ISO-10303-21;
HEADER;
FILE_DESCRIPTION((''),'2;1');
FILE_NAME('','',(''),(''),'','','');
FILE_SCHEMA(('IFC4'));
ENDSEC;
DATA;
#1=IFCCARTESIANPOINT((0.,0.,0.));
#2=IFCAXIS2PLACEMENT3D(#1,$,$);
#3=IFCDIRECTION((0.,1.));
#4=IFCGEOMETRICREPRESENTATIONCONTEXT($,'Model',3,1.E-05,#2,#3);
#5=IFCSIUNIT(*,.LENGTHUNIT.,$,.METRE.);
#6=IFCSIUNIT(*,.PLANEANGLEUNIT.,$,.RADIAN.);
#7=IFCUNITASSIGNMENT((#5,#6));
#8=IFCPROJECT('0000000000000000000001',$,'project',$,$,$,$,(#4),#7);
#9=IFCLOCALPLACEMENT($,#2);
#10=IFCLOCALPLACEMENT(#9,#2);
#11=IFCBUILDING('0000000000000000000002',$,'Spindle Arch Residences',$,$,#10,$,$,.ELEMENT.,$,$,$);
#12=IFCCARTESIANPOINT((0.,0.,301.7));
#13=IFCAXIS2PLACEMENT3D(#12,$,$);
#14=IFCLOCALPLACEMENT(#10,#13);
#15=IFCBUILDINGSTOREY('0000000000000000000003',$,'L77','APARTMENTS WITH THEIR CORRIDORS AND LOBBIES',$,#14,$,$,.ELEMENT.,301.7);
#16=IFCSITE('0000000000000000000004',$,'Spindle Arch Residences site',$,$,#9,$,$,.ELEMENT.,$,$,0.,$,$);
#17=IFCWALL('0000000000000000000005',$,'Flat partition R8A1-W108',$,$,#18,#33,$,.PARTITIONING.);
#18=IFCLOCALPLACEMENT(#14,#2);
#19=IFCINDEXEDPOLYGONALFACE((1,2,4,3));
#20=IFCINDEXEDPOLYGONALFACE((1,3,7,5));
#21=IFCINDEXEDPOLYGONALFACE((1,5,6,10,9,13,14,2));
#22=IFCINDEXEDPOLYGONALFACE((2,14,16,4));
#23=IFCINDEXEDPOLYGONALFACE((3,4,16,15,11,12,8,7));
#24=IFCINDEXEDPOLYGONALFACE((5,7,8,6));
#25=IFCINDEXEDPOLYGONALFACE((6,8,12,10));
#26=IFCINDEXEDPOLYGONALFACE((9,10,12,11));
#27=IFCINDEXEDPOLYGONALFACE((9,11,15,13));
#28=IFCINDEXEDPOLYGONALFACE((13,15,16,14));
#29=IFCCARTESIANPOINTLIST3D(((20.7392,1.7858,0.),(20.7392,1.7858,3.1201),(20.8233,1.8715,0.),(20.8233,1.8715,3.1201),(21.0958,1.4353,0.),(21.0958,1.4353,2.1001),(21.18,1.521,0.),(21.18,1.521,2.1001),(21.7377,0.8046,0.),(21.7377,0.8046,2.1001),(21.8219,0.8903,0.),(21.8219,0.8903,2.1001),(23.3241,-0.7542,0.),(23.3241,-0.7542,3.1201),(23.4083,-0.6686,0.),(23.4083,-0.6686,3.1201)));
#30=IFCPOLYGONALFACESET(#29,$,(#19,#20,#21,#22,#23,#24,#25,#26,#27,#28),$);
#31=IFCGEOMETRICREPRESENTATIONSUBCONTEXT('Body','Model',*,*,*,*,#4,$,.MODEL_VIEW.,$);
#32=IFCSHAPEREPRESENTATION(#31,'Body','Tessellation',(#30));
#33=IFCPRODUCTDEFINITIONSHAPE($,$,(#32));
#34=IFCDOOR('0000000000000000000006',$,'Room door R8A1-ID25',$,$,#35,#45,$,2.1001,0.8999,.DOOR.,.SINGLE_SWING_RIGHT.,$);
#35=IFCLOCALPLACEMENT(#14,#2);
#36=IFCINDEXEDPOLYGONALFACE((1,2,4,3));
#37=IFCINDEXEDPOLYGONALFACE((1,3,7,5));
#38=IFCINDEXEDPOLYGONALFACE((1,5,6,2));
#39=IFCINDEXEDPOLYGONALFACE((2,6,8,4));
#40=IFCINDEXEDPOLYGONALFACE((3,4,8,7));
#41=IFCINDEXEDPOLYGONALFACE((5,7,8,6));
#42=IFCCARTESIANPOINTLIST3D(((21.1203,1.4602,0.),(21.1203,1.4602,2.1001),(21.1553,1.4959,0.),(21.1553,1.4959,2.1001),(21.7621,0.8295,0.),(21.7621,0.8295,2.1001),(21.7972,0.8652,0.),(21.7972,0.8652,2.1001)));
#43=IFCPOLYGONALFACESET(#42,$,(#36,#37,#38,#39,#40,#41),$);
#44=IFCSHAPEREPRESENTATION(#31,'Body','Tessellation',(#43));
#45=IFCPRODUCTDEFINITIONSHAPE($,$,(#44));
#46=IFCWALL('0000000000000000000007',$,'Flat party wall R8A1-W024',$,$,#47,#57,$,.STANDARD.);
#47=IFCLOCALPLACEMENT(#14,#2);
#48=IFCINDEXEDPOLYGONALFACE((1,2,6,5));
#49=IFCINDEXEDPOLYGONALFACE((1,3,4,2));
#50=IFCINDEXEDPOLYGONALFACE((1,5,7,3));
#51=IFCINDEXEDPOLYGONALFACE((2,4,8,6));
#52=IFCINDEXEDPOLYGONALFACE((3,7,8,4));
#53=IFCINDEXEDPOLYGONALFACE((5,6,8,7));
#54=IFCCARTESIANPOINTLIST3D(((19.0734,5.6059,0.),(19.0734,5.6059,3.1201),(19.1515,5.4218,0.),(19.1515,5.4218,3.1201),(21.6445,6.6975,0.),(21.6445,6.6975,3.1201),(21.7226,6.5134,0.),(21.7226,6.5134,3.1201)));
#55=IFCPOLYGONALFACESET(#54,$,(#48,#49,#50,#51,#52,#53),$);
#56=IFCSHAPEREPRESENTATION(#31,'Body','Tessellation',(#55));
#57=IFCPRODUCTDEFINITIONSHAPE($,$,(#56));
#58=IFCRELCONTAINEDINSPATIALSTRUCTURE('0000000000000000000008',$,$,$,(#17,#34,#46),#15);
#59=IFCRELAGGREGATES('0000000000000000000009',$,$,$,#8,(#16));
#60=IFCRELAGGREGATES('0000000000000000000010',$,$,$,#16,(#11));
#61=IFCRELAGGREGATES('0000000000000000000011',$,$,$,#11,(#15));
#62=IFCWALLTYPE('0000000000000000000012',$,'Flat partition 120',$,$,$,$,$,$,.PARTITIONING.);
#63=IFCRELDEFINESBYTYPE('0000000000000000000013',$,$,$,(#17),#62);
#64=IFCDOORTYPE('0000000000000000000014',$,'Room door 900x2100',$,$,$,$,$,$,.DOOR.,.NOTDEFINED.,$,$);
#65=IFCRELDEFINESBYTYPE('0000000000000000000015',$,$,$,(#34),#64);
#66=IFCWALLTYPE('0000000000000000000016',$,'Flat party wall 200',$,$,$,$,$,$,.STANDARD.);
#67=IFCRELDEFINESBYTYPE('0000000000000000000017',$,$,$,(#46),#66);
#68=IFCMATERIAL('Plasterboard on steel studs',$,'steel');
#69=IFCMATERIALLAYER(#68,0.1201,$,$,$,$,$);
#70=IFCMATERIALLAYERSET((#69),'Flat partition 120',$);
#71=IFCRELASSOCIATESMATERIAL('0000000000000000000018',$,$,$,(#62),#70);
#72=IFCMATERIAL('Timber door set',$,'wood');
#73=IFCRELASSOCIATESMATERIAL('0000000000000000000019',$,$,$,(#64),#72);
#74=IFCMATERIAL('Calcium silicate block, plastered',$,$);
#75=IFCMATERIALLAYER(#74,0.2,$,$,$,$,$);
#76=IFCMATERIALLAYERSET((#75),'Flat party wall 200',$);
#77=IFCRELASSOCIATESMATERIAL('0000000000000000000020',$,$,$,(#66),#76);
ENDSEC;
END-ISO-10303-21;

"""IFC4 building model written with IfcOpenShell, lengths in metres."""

from ifc_helpers import new_model, si_unit, direction, frame, frame_2d, origin, place, context, subcontext, project, spatial, rectangle, extrude, material, layer, layer_set, type_object, element, fill, save


model = new_model("IFC4")

# Units and contexts
model_context = context("Model", 3, precision=1e-05, world=origin(), true_north=direction((0.0, 1.0)))
body_context = subcontext(model_context, "Body", "Model", "MODEL_VIEW")
ifc_project = project(units=[si_unit("LENGTHUNIT", "METRE"), si_unit("PLANEANGLEUNIT", "RADIAN")], contexts=[model_context])

# Site, building, storey
site_placement = place(None, origin())
site = spatial("IfcSite", under=ifc_project, at=site_placement, Name="Spindle Arch Residences site", CompositionType="ELEMENT", RefElevation=0.0)
building_placement = place(site_placement, origin())
building = spatial("IfcBuilding", under=site, at=building_placement, Name="Spindle Arch Residences", CompositionType="ELEMENT")
storey_placement = place(building_placement, frame((0.0, 0.0, 301.7)))
storey = spatial("IfcBuildingStorey", under=building, at=storey_placement, Name="L77", Description="APARTMENTS WITH THEIR CORRIDORS AND LOBBIES", CompositionType="ELEMENT", Elevation=301.7)

# Shared definitions
ifc_material_1 = material(Name="Plasterboard on steel studs", Category="steel")
ifc_layer_1 = layer(ifc_material_1, 0.1201)
ifc_layer_set_1 = layer_set([ifc_layer_1], Name="Flat partition 120")
wall_type_1 = type_object("IfcWallType", Name="Flat partition 120", PredefinedType="PARTITIONING", material=ifc_layer_set_1)
ifc_material_2 = material(Name="Timber door set", Category="wood")
door_type_1 = type_object("IfcDoorType", Name="Room door 900x2100", OperationType="NOTDEFINED", PredefinedType="DOOR", material=ifc_material_2)

# Wall, opening, door
wall_1_placement = place(storey_placement, frame((20.7812, 1.8286, 0.0), z_axis=(0.0, 0.0, 1.0), x_axis=(0.713277, -0.700882, 0.0)))
wall_1 = element("IfcWall", 1, at=wall_1_placement, inside=storey, type_object=wall_type_1, Name="Flat partition R8A1-W108", PredefinedType="PARTITIONING", context=body_context, shape_type="SweptSolid", body=[
    extrude(rectangle(XDim=3.624, YDim=0.1201, at=frame_2d((1.812, 0.0))), origin(), (0.0, 0.0, 1.0), 3.1201),
])
opening_1_placement = place(wall_1_placement, frame((0.5, 0.0, 0.0)))
opening_1 = element("IfcOpeningElement", 2, at=opening_1_placement, cuts=wall_1, PredefinedType="OPENING", context=body_context, shape_type="SweptSolid", body=[
    extrude(rectangle(XDim=0.8999, YDim=2.1001, at=frame_2d((0.45, 1.05))), frame((0.0, 0.0701, 0.0), z_axis=(0.0, -1.0, 0.0), x_axis=(1.0, 0.0, 0.0)), (0.0, 0.0, 1.0), 0.1401),
])
door_1_placement = place(opening_1_placement, origin())
door_1 = element("IfcDoor", 3, at=door_1_placement, inside=storey, type_object=door_type_1, Name="Room door R8A1-ID25", OperationType="SINGLE_SWING_RIGHT", OverallHeight=2.1001, OverallWidth=0.8999, PredefinedType="DOOR", context=body_context, shape_type="SweptSolid", body=[
    extrude(rectangle(XDim=0.8999, YDim=2.1001, at=frame_2d((0.45, 1.05))), frame((0.0, 0.0249, 0.0), z_axis=(0.0, -1.0, 0.0), x_axis=(1.0, 0.0, 0.0)), (0.0, 0.0, 1.0), 0.05),
])
fill(opening_1, door_1)

# Wall
ifc_material_3 = material(Name="Calcium silicate block, plastered")
ifc_layer_2 = layer(ifc_material_3, 0.2)
ifc_layer_set_2 = layer_set([ifc_layer_2], Name="Flat party wall 200")
wall_type_2 = type_object("IfcWallType", Name="Flat party wall 200", PredefinedType="STANDARD", material=ifc_layer_set_2)
wall_2_placement = place(storey_placement, frame((19.1125, 5.5139, 0.0), z_axis=(0.0, 0.0, 1.0), x_axis=(0.920478, 0.390795, 0.0)))
element("IfcWall", 4, at=wall_2_placement, inside=storey, type_object=wall_type_2, Name="Flat party wall R8A1-W024", PredefinedType="STANDARD", context=body_context, shape_type="SweptSolid", body=[
    extrude(rectangle(XDim=2.7932, YDim=0.2, at=frame_2d((1.3965, 0.0))), origin(), (0.0, 0.0, 1.0), 3.1201),
])

save(model, "model.ifc")
